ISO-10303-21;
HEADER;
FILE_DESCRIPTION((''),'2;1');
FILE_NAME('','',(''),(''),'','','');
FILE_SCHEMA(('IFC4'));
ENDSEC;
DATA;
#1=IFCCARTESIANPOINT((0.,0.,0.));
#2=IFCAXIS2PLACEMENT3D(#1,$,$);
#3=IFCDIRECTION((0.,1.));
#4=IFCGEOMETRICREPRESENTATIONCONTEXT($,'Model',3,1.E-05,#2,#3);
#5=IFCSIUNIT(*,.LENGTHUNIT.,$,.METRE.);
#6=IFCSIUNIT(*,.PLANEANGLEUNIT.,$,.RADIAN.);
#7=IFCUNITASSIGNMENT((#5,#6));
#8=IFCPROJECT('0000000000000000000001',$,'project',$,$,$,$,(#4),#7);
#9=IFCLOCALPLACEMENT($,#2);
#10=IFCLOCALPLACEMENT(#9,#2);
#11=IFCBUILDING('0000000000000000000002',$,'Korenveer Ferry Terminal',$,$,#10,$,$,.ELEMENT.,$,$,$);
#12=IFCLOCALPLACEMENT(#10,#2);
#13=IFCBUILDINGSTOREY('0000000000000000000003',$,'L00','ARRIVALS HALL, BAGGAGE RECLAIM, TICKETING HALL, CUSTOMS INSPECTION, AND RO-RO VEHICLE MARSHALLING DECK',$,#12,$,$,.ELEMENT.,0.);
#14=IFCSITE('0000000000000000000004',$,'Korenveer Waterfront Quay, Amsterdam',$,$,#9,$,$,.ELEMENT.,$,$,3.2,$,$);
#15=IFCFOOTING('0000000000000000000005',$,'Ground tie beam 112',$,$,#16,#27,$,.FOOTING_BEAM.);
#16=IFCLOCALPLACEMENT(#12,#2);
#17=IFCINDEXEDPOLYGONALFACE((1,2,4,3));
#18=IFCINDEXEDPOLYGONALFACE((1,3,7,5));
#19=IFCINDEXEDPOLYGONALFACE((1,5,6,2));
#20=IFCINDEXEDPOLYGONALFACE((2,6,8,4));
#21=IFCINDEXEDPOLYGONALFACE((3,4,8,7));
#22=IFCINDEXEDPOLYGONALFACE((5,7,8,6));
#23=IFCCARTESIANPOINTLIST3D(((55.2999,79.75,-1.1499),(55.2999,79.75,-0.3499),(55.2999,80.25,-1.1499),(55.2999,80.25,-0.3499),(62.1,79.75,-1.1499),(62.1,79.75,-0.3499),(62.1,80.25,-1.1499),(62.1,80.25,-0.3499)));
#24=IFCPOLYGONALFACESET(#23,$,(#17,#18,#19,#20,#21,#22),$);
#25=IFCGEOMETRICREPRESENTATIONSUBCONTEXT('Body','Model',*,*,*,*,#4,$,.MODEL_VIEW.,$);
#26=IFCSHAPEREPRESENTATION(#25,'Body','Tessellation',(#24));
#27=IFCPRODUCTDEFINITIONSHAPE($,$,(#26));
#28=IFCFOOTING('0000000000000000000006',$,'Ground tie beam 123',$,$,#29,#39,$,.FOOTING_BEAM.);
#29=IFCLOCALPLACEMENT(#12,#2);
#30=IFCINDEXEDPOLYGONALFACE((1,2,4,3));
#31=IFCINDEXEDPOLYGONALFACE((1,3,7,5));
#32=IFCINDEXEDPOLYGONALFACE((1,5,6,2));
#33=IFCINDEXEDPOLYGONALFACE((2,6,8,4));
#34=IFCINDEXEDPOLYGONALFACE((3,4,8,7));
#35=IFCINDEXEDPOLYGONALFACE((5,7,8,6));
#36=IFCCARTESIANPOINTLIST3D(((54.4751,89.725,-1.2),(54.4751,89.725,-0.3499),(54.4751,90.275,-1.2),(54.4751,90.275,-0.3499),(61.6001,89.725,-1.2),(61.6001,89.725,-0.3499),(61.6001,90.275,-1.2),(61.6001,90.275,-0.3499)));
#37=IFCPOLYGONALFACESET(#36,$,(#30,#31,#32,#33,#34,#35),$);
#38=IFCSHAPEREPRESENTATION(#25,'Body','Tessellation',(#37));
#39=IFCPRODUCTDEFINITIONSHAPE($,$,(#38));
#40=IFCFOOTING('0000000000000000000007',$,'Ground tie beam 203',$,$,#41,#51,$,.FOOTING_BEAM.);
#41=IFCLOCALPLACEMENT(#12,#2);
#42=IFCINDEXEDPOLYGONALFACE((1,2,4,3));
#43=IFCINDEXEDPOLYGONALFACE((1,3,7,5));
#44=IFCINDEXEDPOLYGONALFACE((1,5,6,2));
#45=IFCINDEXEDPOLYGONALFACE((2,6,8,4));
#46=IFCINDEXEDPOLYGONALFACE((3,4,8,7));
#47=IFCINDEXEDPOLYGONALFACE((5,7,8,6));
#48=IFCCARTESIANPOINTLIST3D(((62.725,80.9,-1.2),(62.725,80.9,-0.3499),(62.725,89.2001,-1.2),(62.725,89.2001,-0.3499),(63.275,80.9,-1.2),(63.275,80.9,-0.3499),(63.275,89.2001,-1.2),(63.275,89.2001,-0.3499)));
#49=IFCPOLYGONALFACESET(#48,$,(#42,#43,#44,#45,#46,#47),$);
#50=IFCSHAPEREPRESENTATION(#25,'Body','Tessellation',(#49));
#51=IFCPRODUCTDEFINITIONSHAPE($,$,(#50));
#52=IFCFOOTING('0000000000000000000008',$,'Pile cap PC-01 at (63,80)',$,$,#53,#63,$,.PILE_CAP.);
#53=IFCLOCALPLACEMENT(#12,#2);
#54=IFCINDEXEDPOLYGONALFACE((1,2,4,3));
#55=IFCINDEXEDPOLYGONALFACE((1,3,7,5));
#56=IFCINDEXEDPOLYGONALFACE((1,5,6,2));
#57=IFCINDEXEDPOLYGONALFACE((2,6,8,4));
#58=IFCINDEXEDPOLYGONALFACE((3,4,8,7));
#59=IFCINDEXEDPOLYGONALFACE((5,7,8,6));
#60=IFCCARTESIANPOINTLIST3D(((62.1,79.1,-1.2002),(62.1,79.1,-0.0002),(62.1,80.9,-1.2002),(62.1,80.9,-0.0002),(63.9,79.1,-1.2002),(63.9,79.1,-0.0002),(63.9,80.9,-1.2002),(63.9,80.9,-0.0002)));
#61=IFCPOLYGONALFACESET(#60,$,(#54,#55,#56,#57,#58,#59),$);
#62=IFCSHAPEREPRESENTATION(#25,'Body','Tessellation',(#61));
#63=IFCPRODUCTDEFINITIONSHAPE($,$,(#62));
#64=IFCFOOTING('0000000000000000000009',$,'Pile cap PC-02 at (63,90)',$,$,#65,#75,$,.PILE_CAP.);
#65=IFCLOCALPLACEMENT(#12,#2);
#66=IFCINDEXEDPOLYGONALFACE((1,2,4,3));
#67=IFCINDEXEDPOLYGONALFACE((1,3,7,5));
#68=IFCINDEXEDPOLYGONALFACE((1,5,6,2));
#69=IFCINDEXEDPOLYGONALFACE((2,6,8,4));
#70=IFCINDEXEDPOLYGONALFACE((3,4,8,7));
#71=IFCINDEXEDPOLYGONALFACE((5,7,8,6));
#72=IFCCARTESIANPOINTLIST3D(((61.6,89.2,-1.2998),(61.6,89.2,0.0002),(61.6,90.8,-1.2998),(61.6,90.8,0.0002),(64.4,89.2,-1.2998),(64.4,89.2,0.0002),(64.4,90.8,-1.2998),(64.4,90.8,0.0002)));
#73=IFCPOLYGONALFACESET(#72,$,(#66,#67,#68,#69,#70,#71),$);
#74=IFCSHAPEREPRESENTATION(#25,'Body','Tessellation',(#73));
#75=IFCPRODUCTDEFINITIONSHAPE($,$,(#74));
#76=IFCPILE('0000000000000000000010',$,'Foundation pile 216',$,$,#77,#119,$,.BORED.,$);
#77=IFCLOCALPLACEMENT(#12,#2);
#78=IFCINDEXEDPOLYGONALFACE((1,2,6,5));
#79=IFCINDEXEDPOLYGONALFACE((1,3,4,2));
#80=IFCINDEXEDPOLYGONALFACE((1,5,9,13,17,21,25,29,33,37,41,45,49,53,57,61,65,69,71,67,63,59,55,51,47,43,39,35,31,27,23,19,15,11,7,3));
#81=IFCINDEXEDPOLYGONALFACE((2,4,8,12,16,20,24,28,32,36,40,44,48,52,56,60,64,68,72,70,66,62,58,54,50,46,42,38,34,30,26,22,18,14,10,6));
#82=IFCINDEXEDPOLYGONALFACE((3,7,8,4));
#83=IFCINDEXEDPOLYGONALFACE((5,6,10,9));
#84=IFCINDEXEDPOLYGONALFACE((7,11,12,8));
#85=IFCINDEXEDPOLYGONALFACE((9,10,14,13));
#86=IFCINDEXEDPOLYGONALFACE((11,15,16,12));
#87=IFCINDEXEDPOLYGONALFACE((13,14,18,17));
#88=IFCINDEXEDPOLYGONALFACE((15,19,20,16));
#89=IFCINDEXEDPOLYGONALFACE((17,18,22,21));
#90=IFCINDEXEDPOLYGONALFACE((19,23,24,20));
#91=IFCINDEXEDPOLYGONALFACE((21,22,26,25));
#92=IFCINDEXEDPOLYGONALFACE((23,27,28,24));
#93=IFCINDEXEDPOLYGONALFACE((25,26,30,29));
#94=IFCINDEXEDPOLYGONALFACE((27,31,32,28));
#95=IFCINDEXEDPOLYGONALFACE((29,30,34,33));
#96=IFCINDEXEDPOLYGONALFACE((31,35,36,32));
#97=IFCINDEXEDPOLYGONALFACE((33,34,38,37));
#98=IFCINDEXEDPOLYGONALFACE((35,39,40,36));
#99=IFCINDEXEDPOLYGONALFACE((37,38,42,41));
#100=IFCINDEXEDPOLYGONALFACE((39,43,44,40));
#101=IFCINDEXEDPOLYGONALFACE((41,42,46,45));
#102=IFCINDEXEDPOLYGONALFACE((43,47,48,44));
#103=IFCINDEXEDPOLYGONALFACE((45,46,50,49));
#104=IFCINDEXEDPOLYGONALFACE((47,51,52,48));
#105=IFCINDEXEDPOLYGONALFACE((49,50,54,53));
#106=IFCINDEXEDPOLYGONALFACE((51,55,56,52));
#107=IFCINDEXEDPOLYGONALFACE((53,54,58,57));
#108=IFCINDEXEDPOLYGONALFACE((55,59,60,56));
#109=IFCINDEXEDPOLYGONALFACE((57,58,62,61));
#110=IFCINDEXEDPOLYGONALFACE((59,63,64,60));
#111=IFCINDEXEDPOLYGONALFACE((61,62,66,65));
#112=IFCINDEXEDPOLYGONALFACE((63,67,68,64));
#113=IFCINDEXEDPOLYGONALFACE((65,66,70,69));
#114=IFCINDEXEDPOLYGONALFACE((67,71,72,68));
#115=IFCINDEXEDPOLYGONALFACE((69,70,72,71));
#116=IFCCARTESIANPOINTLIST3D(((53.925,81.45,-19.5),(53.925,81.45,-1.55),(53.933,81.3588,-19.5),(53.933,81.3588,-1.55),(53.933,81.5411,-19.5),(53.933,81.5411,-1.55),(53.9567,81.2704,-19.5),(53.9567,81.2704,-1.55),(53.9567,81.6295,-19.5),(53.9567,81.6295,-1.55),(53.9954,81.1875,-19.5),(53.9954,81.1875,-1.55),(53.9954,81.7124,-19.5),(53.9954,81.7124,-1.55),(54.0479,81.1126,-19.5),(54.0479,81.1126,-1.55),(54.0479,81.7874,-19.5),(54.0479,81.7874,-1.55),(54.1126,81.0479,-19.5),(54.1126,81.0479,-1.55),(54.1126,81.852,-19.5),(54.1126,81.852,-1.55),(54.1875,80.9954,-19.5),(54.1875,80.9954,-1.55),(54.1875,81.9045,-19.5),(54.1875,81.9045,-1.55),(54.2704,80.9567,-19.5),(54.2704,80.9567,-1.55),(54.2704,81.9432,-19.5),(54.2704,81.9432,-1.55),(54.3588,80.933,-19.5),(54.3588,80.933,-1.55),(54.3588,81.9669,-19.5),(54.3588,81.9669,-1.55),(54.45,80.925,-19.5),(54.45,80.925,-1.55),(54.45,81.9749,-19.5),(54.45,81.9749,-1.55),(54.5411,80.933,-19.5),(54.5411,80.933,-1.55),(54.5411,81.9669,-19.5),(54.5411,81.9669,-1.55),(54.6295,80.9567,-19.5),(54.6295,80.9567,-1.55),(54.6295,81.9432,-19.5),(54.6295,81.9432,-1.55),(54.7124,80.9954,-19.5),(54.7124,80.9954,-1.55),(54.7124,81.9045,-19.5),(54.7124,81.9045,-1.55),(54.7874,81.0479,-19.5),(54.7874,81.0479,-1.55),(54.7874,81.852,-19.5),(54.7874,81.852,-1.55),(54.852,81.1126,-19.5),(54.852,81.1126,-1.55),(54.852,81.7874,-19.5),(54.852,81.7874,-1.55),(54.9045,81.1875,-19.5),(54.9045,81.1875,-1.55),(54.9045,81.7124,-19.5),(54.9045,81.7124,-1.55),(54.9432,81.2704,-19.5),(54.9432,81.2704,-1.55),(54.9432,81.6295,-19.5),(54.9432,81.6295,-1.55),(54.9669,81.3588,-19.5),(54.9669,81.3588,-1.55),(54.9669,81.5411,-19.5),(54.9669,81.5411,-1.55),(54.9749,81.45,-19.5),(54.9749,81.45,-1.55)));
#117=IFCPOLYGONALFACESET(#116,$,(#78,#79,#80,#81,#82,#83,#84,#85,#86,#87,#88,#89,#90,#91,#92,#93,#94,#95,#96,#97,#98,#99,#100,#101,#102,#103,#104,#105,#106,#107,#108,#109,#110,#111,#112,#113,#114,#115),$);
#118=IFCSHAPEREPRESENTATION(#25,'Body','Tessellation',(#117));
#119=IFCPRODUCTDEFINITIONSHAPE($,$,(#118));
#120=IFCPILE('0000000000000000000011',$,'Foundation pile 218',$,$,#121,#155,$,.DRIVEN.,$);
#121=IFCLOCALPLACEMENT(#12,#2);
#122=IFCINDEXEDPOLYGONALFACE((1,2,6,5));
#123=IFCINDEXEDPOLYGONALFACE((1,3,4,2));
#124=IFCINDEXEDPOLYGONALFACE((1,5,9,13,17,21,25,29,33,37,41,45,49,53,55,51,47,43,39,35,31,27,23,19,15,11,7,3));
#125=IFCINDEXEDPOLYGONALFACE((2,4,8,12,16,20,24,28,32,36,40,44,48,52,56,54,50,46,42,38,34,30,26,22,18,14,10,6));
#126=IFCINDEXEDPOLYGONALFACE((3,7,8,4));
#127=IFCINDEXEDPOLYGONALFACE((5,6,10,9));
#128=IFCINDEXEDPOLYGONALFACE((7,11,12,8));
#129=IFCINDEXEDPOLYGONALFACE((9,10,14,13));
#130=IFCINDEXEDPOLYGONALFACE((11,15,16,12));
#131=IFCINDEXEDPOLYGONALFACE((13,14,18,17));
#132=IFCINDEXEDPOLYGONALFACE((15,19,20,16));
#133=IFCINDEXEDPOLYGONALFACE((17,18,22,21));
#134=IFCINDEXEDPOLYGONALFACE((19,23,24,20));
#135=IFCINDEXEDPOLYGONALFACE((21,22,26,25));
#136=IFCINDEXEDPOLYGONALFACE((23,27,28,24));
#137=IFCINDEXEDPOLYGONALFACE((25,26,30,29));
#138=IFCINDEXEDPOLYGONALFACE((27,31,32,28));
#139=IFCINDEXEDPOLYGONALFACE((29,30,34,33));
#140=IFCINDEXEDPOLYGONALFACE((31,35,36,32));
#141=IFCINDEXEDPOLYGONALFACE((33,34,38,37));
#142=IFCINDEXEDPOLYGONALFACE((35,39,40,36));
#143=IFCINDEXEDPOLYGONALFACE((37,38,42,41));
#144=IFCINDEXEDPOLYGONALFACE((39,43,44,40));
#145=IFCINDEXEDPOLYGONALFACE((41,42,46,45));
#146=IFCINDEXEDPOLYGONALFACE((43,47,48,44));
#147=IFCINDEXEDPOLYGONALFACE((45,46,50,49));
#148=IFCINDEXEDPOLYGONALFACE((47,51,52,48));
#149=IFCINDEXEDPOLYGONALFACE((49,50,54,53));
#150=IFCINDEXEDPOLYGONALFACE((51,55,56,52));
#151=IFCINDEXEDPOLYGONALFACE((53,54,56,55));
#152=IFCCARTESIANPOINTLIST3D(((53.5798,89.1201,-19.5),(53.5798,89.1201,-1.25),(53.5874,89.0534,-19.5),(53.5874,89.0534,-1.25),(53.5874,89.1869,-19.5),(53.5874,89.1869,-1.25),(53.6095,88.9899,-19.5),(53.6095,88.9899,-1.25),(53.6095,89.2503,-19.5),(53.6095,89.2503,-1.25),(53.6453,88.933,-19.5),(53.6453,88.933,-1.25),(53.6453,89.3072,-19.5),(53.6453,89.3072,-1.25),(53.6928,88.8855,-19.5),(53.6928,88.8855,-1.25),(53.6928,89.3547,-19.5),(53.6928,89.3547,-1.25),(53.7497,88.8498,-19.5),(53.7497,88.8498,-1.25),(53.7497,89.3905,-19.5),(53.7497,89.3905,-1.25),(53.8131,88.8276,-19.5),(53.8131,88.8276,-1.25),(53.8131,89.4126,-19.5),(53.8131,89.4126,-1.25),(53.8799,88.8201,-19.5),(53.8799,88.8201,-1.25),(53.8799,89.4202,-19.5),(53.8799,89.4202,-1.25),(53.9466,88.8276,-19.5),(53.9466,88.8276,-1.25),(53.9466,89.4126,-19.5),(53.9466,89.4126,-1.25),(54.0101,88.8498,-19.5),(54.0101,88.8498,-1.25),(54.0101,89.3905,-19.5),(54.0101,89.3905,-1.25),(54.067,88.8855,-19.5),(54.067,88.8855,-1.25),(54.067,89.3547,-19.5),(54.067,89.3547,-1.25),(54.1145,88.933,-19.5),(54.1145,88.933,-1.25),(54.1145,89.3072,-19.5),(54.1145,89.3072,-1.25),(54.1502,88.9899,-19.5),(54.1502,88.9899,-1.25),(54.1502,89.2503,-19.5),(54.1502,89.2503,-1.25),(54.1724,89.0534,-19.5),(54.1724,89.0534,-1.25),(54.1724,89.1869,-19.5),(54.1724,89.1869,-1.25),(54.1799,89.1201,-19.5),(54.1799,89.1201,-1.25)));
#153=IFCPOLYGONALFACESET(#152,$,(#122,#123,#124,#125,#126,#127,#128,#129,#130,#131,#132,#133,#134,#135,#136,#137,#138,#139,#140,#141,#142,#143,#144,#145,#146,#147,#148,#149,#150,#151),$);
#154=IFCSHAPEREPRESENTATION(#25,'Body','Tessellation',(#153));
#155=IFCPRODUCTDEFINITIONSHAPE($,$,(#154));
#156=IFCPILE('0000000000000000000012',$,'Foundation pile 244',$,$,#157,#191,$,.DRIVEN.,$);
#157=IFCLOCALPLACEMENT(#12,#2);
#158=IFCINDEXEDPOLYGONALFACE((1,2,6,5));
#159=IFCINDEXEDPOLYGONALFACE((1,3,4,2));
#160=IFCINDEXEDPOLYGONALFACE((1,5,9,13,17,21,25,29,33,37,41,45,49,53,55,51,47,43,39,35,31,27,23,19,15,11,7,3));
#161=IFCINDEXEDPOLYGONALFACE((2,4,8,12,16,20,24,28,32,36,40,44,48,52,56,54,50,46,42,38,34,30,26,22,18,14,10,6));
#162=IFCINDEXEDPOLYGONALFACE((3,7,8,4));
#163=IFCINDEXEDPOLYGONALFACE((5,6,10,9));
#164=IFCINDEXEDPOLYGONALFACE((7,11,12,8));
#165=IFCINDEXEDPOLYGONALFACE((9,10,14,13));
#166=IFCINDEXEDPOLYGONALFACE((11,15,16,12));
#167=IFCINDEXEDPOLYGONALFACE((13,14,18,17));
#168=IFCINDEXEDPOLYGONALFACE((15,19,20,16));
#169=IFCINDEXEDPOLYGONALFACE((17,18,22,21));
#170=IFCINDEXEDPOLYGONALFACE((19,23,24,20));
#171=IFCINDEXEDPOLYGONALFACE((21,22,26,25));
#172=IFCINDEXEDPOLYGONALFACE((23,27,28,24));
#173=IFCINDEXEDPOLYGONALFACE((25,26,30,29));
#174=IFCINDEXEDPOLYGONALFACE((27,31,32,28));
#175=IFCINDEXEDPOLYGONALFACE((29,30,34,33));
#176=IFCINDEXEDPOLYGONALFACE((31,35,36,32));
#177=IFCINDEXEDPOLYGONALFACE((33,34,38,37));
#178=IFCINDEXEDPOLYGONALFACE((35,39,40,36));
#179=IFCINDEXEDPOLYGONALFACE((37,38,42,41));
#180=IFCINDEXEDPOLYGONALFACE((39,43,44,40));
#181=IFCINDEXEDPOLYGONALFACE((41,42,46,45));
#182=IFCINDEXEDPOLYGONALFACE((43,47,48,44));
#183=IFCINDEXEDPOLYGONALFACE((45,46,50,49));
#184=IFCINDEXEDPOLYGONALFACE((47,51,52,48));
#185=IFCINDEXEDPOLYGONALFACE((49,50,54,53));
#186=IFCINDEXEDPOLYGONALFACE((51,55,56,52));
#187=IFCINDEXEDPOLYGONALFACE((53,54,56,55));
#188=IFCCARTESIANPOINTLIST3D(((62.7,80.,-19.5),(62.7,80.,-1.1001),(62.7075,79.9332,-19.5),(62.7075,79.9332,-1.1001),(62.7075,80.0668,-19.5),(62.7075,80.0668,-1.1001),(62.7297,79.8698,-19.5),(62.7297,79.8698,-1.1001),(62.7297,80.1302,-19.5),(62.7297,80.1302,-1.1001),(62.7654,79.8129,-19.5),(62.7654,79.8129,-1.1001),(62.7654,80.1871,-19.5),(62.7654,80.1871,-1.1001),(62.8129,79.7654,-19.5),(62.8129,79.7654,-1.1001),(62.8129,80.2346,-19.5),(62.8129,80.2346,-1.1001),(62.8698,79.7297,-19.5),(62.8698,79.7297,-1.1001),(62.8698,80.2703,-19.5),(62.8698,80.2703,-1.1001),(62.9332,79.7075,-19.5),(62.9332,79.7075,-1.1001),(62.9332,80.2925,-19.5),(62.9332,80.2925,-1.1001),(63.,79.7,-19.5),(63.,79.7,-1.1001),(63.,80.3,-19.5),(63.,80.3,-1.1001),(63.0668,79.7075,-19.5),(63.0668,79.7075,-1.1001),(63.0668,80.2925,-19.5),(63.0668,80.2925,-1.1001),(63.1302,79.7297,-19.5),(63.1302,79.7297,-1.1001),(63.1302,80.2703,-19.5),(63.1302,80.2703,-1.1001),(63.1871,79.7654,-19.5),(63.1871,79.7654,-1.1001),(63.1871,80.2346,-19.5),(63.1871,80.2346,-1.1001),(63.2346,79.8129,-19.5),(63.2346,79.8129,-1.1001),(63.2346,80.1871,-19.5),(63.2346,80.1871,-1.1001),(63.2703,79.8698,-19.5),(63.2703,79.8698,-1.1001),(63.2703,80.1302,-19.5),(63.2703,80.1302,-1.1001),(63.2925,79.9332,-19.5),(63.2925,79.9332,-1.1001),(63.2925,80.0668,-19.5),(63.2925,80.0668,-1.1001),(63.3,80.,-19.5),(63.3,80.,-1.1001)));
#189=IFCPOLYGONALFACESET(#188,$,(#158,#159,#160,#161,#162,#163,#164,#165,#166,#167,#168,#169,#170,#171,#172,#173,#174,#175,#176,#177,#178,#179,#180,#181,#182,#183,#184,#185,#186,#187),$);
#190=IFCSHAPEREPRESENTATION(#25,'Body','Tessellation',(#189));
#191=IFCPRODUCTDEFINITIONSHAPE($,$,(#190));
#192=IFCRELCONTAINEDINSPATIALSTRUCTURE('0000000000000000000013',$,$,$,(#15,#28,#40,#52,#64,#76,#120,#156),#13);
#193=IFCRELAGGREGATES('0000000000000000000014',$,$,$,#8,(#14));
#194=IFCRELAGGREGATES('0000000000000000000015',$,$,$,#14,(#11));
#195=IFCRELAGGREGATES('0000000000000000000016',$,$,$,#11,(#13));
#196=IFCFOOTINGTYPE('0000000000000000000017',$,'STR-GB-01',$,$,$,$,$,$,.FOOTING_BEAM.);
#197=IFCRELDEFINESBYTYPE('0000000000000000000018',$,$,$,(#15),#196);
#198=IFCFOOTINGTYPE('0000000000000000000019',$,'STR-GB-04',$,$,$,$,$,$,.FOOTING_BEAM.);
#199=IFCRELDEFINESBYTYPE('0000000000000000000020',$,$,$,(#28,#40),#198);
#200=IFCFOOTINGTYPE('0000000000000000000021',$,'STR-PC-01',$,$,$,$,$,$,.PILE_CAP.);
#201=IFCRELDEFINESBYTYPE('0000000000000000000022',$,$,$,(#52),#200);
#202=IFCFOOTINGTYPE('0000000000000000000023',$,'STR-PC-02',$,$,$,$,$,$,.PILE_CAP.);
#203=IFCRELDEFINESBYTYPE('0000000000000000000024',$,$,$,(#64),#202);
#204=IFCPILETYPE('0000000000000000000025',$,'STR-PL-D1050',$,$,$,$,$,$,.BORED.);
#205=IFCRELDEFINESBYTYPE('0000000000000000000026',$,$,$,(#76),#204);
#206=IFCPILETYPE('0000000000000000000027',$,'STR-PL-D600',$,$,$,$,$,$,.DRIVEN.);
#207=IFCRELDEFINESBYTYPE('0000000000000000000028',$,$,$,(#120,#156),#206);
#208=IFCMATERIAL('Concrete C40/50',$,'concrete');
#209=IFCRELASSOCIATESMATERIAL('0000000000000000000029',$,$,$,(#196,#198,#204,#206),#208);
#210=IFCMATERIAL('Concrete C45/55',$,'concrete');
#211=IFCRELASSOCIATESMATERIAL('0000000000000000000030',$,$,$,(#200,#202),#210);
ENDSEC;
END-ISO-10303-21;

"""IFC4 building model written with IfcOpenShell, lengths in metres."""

from ifc_helpers import new_model, si_unit, direction, frame, origin, origin_2d, place, context, subcontext, project, spatial, rectangle, circle, extrude, material, material_profile, profile_set, type_object, element, save


model = new_model("IFC4")

# Units and contexts
model_context = context("Model", 3, precision=1e-05, world=origin(), true_north=direction((0.0, 1.0)))
body_context = subcontext(model_context, "Body", "Model", "MODEL_VIEW")
ifc_project = project(units=[si_unit("LENGTHUNIT", "METRE"), si_unit("PLANEANGLEUNIT", "RADIAN")], contexts=[model_context])

# Site, building, storey
site_placement = place(None, origin())
site = spatial("IfcSite", under=ifc_project, at=site_placement, Name="Korenveer Waterfront Quay, Amsterdam", CompositionType="ELEMENT", RefElevation=3.2)
building_placement = place(site_placement, origin())
building = spatial("IfcBuilding", under=site, at=building_placement, Name="Korenveer Ferry Terminal", CompositionType="ELEMENT")
storey_placement = place(building_placement, origin())
storey = spatial("IfcBuildingStorey", under=building, at=storey_placement, Name="L00", Description="ARRIVALS HALL, BAGGAGE RECLAIM, TICKETING HALL, CUSTOMS INSPECTION, AND RO-RO VEHICLE MARSHALLING DECK", CompositionType="ELEMENT", Elevation=0.0)

# Footings
ifc_material_1 = material(Name="Concrete C40/50", Category="concrete")
footing_type_1 = type_object("IfcFootingType", Name="STR-GB-01", PredefinedType="FOOTING_BEAM", material=ifc_material_1)
footing_1_placement = place(storey_placement, frame((58.7, 80.0, -1.1499), z_axis=(0.0, 0.0, 1.0), x_axis=(1.0, 0.0, 0.0)))
element("IfcFooting", 1, at=footing_1_placement, inside=storey, type_object=footing_type_1, Name="Ground tie beam 112", PredefinedType="FOOTING_BEAM", context=body_context, shape_type="SweptSolid", body=[
    extrude(rectangle(XDim=6.8, YDim=0.5, at=origin_2d()), origin(), (0.0, 0.0, 1.0), 0.8),
])
footing_type_2 = type_object("IfcFootingType", Name="STR-GB-04", PredefinedType="FOOTING_BEAM", material=ifc_material_1)
footing_2_placement = place(storey_placement, frame((58.0376, 90.0, -1.2), z_axis=(0.0, 0.0, 1.0), x_axis=(1.0, 0.0, 0.0)))
element("IfcFooting", 2, at=footing_2_placement, inside=storey, type_object=footing_type_2, Name="Ground tie beam 123", PredefinedType="FOOTING_BEAM", context=body_context, shape_type="SweptSolid", body=[
    extrude(rectangle(XDim=7.125, YDim=0.55, at=origin_2d()), origin(), (0.0, 0.0, 1.0), 0.8501),
])
footing_3_placement = place(storey_placement, frame((63.0, 85.05, -1.2), z_axis=(0.0, 0.0, 1.0), x_axis=(1.0, 0.0, 0.0)))
element("IfcFooting", 3, at=footing_3_placement, inside=storey, type_object=footing_type_2, Name="Ground tie beam 203", PredefinedType="FOOTING_BEAM", context=body_context, shape_type="SweptSolid", body=[
    extrude(rectangle(XDim=0.55, YDim=8.3, at=origin_2d()), origin(), (0.0, 0.0, 1.0), 0.8501),
])
ifc_material_2 = material(Name="Concrete C45/55", Category="concrete")
footing_type_3 = type_object("IfcFootingType", Name="STR-PC-01", PredefinedType="PILE_CAP", material=ifc_material_2)
footing_4_placement = place(storey_placement, frame((63.0, 80.0, -1.2002), z_axis=(0.0, 0.0, 1.0), x_axis=(1.0, 0.0, 0.0)))
element("IfcFooting", 4, at=footing_4_placement, inside=storey, type_object=footing_type_3, Name="Pile cap PC-01 at (63,80)", PredefinedType="PILE_CAP", context=body_context, shape_type="SweptSolid", body=[
    extrude(rectangle(XDim=1.8, YDim=1.8, at=origin_2d()), origin(), (0.0, 0.0, 1.0), 1.2),
])
footing_type_4 = type_object("IfcFootingType", Name="STR-PC-02", PredefinedType="PILE_CAP", material=ifc_material_2)
footing_5_placement = place(storey_placement, frame((63.0, 90.0, -1.2998), z_axis=(0.0, 0.0, 1.0), x_axis=(1.0, 0.0, 0.0)))
element("IfcFooting", 5, at=footing_5_placement, inside=storey, type_object=footing_type_4, Name="Pile cap PC-02 at (63,90)", PredefinedType="PILE_CAP", context=body_context, shape_type="SweptSolid", body=[
    extrude(rectangle(XDim=2.8, YDim=1.6001, at=origin_2d()), origin(), (0.0, 0.0, 1.0), 1.3),
])

# Piles
ifc_material_profile_1 = material_profile(ifc_material_1, circle(Radius=0.5249, at=origin_2d()), Name="PILE D1050")
ifc_profile_set_1 = profile_set([ifc_material_profile_1], Name="Concrete C40/50")
pile_type_1 = type_object("IfcPileType", Name="STR-PL-D1050", PredefinedType="BORED", material=ifc_profile_set_1)
pile_1_placement = place(storey_placement, frame((54.45, 81.45, -1.55), z_axis=(0.0, 0.0, -1.0), x_axis=(1.0, 0.0, 0.0)))
element("IfcPile", 6, at=pile_1_placement, inside=storey, type_object=pile_type_1, Name="Foundation pile 216", PredefinedType="BORED", context=body_context, shape_type="SweptSolid", body=[
    extrude(circle(Radius=0.5249, at=origin_2d()), origin(), (0.0, 0.0, 1.0), 17.95),
])
ifc_material_profile_2 = material_profile(ifc_material_1, circle(Radius=0.3, at=origin_2d()), Name="PILE D600")
ifc_profile_set_2 = profile_set([ifc_material_profile_2], Name="Concrete C40/50")
pile_type_2 = type_object("IfcPileType", Name="STR-PL-D600", PredefinedType="DRIVEN", material=ifc_profile_set_2)
pile_2_placement = place(storey_placement, frame((53.8799, 89.1201, -1.25), z_axis=(0.0, 0.0, -1.0), x_axis=(1.0, 0.0, 0.0)))
element("IfcPile", 7, at=pile_2_placement, inside=storey, type_object=pile_type_2, Name="Foundation pile 218", PredefinedType="DRIVEN", context=body_context, shape_type="SweptSolid", body=[
    extrude(circle(Radius=0.3, at=origin_2d()), origin(), (0.0, 0.0, 1.0), 18.25),
])
pile_3_placement = place(storey_placement, frame((63.0, 80.0, -1.1001), z_axis=(0.0, 0.0, -1.0), x_axis=(1.0, 0.0, 0.0)))
element("IfcPile", 8, at=pile_3_placement, inside=storey, type_object=pile_type_2, Name="Foundation pile 244", PredefinedType="DRIVEN", context=body_context, shape_type="SweptSolid", body=[
    extrude(circle(Radius=0.3, at=origin_2d()), origin(), (0.0, 0.0, 1.0), 18.3999),
])

save(model, "model.ifc")
